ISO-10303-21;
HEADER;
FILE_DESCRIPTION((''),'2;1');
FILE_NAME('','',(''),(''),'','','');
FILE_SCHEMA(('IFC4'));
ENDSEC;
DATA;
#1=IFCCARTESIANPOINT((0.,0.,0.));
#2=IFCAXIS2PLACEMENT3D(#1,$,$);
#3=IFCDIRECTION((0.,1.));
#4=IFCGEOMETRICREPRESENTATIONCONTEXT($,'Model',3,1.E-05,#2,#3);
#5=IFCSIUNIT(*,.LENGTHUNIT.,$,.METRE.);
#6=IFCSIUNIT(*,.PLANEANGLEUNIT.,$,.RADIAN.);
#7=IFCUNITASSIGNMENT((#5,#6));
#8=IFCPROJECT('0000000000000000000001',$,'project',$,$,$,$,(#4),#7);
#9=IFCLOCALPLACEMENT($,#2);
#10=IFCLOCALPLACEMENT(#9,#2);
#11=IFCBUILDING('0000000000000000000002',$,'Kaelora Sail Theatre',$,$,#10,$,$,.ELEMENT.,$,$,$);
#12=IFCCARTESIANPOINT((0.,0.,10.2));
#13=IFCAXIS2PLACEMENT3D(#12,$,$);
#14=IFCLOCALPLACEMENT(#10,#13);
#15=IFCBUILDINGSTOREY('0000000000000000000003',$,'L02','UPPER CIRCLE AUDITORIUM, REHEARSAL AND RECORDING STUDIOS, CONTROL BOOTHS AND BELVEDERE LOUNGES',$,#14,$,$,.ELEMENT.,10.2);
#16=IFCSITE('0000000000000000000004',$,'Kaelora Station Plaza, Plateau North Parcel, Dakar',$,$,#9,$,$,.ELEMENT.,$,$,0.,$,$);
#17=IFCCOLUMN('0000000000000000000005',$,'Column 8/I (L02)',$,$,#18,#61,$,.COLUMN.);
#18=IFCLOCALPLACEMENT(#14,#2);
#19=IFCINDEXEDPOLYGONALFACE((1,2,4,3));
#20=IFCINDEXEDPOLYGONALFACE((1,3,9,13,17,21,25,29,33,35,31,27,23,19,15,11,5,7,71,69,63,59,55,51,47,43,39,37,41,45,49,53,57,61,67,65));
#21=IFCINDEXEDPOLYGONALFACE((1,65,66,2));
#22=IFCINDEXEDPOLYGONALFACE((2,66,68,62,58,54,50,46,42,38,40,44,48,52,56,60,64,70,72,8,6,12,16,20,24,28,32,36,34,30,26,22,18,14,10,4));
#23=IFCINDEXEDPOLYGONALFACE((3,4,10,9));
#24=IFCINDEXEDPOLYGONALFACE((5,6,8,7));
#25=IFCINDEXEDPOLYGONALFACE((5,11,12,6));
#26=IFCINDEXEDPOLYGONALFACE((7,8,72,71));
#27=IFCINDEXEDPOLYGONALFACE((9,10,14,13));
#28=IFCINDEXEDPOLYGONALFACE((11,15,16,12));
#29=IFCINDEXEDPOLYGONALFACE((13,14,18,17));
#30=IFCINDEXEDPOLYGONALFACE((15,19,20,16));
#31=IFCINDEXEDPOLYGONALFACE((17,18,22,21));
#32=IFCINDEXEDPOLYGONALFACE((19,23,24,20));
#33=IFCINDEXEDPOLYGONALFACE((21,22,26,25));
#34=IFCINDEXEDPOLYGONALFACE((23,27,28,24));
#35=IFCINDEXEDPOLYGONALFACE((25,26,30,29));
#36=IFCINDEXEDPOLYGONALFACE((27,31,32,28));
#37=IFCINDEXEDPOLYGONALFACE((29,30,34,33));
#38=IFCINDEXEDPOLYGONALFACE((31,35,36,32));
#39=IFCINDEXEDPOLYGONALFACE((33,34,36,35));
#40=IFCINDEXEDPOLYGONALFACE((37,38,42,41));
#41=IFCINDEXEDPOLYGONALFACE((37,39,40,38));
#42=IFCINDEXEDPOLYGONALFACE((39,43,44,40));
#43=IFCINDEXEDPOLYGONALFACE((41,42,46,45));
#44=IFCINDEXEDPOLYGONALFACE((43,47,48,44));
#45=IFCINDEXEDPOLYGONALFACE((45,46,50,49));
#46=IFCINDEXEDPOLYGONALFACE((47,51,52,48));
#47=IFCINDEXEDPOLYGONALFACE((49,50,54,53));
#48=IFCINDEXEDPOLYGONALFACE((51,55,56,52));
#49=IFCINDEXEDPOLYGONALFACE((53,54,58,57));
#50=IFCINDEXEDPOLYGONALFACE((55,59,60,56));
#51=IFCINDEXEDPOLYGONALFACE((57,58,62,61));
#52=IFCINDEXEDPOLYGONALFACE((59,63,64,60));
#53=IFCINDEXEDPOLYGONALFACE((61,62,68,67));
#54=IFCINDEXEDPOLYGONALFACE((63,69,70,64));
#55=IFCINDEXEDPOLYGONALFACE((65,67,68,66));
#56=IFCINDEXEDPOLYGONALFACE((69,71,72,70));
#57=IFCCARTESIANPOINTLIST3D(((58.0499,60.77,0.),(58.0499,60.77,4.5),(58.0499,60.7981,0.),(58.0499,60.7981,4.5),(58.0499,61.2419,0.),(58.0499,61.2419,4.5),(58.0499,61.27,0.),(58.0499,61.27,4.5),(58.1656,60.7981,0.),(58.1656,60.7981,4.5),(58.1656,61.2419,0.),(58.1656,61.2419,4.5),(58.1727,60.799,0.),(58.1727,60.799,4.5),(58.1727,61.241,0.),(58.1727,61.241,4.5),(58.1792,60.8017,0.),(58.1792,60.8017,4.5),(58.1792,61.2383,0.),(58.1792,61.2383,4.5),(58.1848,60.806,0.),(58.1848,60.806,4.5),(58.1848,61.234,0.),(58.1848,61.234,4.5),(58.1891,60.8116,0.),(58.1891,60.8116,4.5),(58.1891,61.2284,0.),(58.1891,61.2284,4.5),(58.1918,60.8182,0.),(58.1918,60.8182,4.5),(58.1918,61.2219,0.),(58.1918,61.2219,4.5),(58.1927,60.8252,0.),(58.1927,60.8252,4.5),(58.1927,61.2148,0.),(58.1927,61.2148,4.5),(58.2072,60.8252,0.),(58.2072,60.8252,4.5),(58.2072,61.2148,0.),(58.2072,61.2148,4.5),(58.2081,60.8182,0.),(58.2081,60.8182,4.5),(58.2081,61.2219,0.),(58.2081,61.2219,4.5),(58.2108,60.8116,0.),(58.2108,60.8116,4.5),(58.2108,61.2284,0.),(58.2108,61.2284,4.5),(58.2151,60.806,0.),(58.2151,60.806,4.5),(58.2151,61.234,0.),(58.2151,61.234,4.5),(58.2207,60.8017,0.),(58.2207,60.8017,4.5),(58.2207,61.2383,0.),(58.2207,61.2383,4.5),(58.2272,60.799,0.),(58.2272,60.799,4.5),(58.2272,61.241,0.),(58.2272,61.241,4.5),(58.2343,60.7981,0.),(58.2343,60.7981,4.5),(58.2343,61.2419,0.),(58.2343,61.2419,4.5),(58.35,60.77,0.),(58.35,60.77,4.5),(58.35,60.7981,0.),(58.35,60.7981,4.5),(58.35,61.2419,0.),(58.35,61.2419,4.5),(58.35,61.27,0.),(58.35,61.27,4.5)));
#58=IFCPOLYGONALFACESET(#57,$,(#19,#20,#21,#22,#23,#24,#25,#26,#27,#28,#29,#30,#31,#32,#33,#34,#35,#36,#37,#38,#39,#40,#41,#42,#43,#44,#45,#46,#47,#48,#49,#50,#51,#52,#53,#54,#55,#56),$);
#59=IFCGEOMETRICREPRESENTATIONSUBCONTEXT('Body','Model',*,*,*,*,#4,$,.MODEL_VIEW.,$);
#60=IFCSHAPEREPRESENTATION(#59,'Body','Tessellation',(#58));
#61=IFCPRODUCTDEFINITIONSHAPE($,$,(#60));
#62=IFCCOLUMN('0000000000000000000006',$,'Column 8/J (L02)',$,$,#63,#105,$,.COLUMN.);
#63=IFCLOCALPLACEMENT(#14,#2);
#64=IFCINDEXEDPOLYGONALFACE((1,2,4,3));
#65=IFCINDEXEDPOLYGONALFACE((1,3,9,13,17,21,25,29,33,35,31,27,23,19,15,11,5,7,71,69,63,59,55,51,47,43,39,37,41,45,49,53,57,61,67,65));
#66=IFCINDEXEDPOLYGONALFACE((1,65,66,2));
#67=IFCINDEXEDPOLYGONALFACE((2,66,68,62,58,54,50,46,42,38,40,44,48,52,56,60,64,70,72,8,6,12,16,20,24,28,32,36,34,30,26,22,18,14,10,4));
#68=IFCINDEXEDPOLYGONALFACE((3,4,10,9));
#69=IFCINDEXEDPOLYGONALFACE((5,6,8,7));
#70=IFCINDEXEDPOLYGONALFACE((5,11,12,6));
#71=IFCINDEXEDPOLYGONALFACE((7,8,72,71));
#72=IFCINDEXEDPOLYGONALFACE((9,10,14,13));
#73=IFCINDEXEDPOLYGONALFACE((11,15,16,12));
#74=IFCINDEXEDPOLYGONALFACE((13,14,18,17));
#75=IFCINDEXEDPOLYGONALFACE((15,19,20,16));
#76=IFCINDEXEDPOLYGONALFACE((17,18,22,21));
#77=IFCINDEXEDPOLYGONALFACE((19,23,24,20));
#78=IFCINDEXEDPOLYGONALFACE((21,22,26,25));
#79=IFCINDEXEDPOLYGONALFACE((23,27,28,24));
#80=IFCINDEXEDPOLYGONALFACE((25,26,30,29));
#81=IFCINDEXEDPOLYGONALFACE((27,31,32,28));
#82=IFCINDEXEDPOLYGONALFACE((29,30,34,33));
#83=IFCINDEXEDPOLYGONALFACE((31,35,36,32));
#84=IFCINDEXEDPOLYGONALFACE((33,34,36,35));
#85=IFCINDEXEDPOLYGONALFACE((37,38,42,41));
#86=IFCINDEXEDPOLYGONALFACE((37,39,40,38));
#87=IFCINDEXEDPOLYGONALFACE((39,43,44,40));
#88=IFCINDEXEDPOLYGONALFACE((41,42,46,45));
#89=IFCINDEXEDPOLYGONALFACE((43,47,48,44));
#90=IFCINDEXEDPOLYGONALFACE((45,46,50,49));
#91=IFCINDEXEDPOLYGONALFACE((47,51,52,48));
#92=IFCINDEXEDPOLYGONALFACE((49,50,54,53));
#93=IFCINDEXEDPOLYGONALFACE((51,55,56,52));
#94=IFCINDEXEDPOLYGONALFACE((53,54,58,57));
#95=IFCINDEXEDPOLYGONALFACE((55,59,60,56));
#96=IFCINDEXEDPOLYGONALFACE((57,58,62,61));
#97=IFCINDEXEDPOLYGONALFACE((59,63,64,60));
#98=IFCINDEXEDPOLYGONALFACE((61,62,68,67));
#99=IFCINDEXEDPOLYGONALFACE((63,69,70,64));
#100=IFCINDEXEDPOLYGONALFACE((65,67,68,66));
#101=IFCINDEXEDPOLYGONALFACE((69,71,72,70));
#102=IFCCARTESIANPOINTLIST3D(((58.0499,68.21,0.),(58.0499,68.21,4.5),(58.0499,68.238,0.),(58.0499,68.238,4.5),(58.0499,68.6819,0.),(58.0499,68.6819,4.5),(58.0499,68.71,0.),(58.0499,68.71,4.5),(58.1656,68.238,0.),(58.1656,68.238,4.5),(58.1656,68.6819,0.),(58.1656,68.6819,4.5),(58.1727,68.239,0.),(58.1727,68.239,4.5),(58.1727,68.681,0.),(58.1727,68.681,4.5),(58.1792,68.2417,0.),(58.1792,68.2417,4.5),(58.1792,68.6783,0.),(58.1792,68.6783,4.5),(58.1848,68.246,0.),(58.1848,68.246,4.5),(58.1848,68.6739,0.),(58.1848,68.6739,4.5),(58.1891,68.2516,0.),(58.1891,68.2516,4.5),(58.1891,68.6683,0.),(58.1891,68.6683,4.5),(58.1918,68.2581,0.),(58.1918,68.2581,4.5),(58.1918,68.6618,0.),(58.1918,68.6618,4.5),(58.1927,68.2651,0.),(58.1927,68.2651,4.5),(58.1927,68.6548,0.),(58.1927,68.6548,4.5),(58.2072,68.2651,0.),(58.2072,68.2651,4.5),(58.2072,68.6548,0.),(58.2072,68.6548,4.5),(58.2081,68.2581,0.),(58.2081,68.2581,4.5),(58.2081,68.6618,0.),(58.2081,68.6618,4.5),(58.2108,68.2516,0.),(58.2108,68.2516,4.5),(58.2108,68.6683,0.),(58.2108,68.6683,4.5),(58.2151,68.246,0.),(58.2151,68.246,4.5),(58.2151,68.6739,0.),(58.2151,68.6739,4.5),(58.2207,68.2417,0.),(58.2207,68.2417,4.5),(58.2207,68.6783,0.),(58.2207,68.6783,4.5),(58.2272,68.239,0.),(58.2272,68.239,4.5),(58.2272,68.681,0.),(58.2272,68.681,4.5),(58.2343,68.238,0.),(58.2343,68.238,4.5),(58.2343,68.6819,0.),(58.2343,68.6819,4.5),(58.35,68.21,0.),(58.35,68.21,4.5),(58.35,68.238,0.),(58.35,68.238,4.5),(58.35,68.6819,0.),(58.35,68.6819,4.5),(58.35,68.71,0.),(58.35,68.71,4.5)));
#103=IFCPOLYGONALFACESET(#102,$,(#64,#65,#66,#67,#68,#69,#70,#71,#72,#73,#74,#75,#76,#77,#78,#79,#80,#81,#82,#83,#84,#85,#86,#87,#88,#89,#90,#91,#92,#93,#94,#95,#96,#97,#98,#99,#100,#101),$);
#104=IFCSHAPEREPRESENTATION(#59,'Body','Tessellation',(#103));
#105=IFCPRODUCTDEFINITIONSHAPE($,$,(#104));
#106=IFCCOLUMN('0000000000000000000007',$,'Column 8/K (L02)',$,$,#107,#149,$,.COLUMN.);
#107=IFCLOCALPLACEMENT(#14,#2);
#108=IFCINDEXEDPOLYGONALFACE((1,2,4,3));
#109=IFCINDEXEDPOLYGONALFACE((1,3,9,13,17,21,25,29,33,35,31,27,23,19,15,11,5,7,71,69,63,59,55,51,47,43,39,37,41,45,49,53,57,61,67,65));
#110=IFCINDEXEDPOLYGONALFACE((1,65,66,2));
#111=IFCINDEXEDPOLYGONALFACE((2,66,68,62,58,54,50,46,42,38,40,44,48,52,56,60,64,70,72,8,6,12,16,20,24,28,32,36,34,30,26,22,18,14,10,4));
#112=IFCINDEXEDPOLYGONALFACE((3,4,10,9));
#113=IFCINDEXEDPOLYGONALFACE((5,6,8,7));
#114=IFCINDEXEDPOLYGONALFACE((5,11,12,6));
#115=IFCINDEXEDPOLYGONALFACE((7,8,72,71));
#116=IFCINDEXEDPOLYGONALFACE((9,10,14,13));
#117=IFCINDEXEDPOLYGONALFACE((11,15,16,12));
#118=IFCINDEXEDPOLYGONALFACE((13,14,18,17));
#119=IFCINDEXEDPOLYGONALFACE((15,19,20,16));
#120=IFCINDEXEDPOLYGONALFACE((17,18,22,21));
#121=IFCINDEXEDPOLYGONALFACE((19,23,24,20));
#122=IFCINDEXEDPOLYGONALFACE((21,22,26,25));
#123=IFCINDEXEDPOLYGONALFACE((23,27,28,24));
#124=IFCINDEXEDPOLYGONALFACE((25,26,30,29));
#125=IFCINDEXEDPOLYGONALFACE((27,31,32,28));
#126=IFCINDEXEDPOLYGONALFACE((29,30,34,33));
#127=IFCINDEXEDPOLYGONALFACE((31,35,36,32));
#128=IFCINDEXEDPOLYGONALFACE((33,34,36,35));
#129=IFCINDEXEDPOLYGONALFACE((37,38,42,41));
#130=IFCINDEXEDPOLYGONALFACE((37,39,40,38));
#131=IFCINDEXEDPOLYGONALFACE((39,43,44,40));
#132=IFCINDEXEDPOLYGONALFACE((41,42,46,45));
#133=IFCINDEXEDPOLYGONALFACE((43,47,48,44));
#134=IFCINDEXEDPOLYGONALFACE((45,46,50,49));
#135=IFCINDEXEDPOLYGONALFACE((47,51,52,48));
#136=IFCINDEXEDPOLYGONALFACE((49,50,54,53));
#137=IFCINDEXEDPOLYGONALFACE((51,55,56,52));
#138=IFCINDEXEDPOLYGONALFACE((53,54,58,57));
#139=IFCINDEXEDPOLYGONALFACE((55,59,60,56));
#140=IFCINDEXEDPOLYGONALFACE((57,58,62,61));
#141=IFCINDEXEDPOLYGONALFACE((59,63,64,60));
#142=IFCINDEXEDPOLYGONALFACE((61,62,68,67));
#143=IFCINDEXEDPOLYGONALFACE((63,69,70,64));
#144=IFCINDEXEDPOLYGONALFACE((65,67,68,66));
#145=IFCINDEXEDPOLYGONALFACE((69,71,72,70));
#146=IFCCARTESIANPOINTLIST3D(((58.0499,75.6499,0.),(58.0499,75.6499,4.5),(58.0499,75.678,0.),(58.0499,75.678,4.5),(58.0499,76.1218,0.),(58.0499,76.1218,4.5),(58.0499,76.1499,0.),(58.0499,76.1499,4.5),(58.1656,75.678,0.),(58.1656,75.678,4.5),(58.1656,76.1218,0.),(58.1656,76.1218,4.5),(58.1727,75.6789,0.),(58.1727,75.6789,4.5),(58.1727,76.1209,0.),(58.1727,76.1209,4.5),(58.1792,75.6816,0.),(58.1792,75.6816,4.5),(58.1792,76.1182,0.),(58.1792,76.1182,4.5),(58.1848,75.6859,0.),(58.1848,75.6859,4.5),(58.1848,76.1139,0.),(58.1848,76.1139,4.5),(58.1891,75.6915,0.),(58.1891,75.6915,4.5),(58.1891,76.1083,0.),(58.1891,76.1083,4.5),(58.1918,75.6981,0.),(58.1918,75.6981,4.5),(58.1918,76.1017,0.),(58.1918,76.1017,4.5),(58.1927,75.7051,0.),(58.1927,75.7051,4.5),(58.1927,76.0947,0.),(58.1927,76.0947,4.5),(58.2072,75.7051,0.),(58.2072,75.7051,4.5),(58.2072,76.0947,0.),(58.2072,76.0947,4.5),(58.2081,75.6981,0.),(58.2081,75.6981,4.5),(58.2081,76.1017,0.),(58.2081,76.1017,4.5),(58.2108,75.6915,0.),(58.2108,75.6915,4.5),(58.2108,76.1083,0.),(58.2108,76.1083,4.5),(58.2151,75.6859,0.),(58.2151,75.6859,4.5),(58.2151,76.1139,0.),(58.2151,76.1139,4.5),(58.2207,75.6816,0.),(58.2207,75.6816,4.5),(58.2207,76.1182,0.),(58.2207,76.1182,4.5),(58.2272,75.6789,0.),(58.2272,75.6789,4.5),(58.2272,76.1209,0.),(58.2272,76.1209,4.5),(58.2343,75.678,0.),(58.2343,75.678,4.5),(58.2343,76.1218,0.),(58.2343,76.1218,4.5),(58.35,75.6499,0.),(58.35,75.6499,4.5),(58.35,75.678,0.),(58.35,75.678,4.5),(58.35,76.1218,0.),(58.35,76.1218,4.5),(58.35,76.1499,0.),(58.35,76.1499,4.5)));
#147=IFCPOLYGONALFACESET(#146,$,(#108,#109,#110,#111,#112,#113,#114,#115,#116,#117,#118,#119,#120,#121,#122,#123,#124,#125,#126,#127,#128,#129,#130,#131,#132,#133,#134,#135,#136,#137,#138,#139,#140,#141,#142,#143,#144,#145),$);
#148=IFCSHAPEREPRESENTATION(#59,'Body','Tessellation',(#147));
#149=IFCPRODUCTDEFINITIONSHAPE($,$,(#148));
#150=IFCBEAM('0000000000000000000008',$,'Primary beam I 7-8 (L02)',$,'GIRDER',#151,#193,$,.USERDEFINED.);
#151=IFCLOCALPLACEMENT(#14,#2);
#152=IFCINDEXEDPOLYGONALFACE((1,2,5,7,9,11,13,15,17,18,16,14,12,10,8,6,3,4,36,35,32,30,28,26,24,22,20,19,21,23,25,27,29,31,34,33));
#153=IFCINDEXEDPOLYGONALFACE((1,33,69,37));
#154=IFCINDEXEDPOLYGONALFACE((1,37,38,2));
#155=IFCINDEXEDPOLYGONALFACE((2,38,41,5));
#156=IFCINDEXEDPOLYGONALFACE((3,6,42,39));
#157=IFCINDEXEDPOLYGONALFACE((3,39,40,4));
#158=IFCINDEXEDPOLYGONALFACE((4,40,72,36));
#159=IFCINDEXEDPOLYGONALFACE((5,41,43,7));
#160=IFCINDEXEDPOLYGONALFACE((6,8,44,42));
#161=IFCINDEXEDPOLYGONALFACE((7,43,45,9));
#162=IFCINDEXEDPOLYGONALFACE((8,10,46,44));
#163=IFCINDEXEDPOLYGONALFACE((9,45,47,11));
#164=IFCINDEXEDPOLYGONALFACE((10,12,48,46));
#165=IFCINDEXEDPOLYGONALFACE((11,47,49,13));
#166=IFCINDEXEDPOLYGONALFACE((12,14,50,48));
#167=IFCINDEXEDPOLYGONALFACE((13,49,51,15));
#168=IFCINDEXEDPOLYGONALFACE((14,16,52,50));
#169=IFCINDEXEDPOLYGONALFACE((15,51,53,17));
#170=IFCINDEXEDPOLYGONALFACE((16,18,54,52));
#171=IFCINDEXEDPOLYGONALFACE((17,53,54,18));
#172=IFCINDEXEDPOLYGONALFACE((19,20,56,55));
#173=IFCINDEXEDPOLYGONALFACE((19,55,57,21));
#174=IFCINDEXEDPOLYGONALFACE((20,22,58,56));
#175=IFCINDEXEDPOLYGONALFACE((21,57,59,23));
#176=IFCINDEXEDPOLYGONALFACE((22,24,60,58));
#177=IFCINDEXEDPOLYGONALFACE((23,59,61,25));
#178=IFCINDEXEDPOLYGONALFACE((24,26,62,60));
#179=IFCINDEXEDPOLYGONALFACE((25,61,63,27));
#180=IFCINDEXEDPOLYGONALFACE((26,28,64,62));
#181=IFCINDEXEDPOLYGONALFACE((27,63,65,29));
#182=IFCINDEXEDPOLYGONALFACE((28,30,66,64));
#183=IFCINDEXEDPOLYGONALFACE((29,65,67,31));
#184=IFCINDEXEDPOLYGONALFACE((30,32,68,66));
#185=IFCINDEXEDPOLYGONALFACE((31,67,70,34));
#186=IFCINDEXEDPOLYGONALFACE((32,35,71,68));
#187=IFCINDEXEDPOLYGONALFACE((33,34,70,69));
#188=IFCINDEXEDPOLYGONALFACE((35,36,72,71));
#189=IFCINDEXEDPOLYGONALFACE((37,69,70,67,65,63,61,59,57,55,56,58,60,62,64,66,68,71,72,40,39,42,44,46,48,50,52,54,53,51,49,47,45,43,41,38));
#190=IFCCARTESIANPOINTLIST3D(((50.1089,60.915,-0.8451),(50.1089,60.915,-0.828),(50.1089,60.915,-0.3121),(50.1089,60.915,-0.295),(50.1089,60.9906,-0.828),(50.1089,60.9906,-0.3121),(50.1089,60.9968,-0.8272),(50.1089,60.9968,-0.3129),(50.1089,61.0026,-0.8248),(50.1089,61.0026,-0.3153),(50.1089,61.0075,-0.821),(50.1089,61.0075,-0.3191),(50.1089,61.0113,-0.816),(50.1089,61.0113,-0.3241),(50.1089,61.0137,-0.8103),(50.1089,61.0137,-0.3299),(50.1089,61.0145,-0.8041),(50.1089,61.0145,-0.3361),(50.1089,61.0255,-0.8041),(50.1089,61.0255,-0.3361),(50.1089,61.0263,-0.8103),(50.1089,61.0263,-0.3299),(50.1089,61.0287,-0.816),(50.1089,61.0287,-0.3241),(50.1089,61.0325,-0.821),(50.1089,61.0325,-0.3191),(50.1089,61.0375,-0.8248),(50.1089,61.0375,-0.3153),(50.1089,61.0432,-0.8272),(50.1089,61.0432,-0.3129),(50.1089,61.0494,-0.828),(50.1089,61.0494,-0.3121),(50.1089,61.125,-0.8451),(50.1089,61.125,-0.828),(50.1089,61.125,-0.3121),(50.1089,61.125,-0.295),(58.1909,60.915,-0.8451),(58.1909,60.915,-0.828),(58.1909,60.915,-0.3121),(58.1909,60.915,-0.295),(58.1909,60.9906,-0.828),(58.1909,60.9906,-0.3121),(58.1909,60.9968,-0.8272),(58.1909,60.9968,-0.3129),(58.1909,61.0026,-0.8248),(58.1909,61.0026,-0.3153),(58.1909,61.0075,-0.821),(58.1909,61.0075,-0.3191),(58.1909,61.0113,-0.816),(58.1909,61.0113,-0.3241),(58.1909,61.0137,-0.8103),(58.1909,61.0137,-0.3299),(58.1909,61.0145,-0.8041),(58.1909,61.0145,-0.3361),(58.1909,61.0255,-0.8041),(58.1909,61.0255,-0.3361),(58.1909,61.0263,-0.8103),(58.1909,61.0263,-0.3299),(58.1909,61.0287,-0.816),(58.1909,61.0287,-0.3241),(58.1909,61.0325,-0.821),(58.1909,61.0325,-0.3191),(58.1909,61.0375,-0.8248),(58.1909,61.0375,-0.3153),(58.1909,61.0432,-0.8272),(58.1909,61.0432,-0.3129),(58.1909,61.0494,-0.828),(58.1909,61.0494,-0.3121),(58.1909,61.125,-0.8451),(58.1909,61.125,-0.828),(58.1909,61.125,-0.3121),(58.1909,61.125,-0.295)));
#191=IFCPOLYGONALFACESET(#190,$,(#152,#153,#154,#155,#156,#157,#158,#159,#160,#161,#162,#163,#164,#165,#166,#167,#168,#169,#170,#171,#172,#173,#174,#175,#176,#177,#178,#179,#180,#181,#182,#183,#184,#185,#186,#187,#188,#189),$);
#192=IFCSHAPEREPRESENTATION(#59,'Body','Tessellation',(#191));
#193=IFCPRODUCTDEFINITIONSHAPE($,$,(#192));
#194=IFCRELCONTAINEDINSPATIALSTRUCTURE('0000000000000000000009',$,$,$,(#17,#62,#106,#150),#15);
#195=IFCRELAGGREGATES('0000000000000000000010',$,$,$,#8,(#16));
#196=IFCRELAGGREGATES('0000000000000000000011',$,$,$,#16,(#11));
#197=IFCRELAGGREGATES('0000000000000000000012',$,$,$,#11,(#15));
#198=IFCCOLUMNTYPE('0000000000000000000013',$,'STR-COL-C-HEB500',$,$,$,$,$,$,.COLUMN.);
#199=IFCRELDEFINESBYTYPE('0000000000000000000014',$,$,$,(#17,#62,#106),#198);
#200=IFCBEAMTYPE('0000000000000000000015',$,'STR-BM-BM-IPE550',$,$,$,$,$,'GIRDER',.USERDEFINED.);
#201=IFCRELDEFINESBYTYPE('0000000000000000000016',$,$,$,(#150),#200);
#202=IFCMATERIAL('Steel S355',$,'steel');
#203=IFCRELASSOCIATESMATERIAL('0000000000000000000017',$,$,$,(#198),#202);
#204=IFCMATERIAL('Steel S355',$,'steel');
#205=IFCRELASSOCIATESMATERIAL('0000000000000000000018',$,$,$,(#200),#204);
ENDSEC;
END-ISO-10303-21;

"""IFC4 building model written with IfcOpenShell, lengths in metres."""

from ifc_helpers import new_model, si_unit, direction, frame, origin, origin_2d, place, context, subcontext, project, spatial, i_section, extrude, material, material_profile, profile_set, type_object, element, save


model = new_model("IFC4")

# Units and contexts
model_context = context("Model", 3, precision=1e-05, world=origin(), true_north=direction((0.0, 1.0)))
body_context = subcontext(model_context, "Body", "Model", "MODEL_VIEW")
ifc_project = project(units=[si_unit("LENGTHUNIT", "METRE"), si_unit("PLANEANGLEUNIT", "RADIAN")], contexts=[model_context])

# Site, building, storey
site_placement = place(None, origin())
site = spatial("IfcSite", under=ifc_project, at=site_placement, Name="Kaelora Station Plaza, Plateau North Parcel, Dakar", CompositionType="ELEMENT", RefElevation=0.0)
building_placement = place(site_placement, origin())
building = spatial("IfcBuilding", under=site, at=building_placement, Name="Kaelora Sail Theatre", CompositionType="ELEMENT")
storey_placement = place(building_placement, frame((0.0, 0.0, 10.2)))
storey = spatial("IfcBuildingStorey", under=building, at=storey_placement, Name="L02", Description="UPPER CIRCLE AUDITORIUM, REHEARSAL AND RECORDING STUDIOS, CONTROL BOOTHS AND BELVEDERE LOUNGES", CompositionType="ELEMENT", Elevation=10.2)

# Columns
ifc_material_1 = material(Name="Steel S355", Category="steel")
ifc_material_profile_1 = material_profile(ifc_material_1, i_section(OverallWidth=0.3, OverallDepth=0.5, WebThickness=0.0144, FlangeThickness=0.0281, FilletRadius=0.0271, at=origin_2d()), Name="HEB 500")
ifc_profile_set_1 = profile_set([ifc_material_profile_1], Name="Steel S355")
column_type = type_object("IfcColumnType", Name="STR-COL-C-HEB500", PredefinedType="COLUMN", material=ifc_profile_set_1)
for number, where, z_axis, x_axis, name in (
    (1, (58.2, 61.02, 0.0), (0.0, 0.0, 1.0), (1.0, 0.0, 0.0), "Column 8/I (L02)"),
    (2, (58.2, 68.46, 0.0), (0.0, 0.0, 1.0), (1.0, 0.0, 0.0), "Column 8/J (L02)"),
    (3, (58.2, 75.8999, 0.0), (0.0, 0.0, 1.0), (1.0, 0.0, 0.0), "Column 8/K (L02)"),
):
    element("IfcColumn", number, at=place(storey_placement, frame(where, z_axis=z_axis, x_axis=x_axis)), inside=storey, type_object=column_type, Name=name, PredefinedType="COLUMN", context=body_context, shape_type="SweptSolid", body=[
        extrude(i_section(OverallWidth=0.3, OverallDepth=0.5, WebThickness=0.0144, FlangeThickness=0.0281, FilletRadius=0.0271, at=origin_2d()), origin(), (0.0, 0.0, 1.0), 4.5),
    ])

# Beam
ifc_material_2 = material(Name="Steel S355", Category="steel")
ifc_material_profile_2 = material_profile(ifc_material_2, i_section(OverallWidth=0.21, OverallDepth=0.55, WebThickness=0.011, FlangeThickness=0.0171, FilletRadius=0.0239, at=origin_2d()), Name="IPE 550")
ifc_profile_set_2 = profile_set([ifc_material_profile_2], Name="Steel S355")
beam_type_1 = type_object("IfcBeamType", Name="STR-BM-BM-IPE550", ElementType="GIRDER", PredefinedType="USERDEFINED", material=ifc_profile_set_2)
beam_1_placement = place(storey_placement, frame((50.1089, 61.02, -0.5701), z_axis=(1.0, 0.0, 0.0), x_axis=(0.0, 1.0, 0.0)))
element("IfcBeam", 4, at=beam_1_placement, inside=storey, type_object=beam_type_1, Name="Primary beam I 7-8 (L02)", ObjectType="GIRDER", PredefinedType="USERDEFINED", context=body_context, shape_type="SweptSolid", body=[
    extrude(i_section(OverallWidth=0.21, OverallDepth=0.55, WebThickness=0.011, FlangeThickness=0.0171, FilletRadius=0.0239, at=origin_2d()), origin(), (0.0, 0.0, 1.0), 8.082),
])

save(model, "model.ifc")
